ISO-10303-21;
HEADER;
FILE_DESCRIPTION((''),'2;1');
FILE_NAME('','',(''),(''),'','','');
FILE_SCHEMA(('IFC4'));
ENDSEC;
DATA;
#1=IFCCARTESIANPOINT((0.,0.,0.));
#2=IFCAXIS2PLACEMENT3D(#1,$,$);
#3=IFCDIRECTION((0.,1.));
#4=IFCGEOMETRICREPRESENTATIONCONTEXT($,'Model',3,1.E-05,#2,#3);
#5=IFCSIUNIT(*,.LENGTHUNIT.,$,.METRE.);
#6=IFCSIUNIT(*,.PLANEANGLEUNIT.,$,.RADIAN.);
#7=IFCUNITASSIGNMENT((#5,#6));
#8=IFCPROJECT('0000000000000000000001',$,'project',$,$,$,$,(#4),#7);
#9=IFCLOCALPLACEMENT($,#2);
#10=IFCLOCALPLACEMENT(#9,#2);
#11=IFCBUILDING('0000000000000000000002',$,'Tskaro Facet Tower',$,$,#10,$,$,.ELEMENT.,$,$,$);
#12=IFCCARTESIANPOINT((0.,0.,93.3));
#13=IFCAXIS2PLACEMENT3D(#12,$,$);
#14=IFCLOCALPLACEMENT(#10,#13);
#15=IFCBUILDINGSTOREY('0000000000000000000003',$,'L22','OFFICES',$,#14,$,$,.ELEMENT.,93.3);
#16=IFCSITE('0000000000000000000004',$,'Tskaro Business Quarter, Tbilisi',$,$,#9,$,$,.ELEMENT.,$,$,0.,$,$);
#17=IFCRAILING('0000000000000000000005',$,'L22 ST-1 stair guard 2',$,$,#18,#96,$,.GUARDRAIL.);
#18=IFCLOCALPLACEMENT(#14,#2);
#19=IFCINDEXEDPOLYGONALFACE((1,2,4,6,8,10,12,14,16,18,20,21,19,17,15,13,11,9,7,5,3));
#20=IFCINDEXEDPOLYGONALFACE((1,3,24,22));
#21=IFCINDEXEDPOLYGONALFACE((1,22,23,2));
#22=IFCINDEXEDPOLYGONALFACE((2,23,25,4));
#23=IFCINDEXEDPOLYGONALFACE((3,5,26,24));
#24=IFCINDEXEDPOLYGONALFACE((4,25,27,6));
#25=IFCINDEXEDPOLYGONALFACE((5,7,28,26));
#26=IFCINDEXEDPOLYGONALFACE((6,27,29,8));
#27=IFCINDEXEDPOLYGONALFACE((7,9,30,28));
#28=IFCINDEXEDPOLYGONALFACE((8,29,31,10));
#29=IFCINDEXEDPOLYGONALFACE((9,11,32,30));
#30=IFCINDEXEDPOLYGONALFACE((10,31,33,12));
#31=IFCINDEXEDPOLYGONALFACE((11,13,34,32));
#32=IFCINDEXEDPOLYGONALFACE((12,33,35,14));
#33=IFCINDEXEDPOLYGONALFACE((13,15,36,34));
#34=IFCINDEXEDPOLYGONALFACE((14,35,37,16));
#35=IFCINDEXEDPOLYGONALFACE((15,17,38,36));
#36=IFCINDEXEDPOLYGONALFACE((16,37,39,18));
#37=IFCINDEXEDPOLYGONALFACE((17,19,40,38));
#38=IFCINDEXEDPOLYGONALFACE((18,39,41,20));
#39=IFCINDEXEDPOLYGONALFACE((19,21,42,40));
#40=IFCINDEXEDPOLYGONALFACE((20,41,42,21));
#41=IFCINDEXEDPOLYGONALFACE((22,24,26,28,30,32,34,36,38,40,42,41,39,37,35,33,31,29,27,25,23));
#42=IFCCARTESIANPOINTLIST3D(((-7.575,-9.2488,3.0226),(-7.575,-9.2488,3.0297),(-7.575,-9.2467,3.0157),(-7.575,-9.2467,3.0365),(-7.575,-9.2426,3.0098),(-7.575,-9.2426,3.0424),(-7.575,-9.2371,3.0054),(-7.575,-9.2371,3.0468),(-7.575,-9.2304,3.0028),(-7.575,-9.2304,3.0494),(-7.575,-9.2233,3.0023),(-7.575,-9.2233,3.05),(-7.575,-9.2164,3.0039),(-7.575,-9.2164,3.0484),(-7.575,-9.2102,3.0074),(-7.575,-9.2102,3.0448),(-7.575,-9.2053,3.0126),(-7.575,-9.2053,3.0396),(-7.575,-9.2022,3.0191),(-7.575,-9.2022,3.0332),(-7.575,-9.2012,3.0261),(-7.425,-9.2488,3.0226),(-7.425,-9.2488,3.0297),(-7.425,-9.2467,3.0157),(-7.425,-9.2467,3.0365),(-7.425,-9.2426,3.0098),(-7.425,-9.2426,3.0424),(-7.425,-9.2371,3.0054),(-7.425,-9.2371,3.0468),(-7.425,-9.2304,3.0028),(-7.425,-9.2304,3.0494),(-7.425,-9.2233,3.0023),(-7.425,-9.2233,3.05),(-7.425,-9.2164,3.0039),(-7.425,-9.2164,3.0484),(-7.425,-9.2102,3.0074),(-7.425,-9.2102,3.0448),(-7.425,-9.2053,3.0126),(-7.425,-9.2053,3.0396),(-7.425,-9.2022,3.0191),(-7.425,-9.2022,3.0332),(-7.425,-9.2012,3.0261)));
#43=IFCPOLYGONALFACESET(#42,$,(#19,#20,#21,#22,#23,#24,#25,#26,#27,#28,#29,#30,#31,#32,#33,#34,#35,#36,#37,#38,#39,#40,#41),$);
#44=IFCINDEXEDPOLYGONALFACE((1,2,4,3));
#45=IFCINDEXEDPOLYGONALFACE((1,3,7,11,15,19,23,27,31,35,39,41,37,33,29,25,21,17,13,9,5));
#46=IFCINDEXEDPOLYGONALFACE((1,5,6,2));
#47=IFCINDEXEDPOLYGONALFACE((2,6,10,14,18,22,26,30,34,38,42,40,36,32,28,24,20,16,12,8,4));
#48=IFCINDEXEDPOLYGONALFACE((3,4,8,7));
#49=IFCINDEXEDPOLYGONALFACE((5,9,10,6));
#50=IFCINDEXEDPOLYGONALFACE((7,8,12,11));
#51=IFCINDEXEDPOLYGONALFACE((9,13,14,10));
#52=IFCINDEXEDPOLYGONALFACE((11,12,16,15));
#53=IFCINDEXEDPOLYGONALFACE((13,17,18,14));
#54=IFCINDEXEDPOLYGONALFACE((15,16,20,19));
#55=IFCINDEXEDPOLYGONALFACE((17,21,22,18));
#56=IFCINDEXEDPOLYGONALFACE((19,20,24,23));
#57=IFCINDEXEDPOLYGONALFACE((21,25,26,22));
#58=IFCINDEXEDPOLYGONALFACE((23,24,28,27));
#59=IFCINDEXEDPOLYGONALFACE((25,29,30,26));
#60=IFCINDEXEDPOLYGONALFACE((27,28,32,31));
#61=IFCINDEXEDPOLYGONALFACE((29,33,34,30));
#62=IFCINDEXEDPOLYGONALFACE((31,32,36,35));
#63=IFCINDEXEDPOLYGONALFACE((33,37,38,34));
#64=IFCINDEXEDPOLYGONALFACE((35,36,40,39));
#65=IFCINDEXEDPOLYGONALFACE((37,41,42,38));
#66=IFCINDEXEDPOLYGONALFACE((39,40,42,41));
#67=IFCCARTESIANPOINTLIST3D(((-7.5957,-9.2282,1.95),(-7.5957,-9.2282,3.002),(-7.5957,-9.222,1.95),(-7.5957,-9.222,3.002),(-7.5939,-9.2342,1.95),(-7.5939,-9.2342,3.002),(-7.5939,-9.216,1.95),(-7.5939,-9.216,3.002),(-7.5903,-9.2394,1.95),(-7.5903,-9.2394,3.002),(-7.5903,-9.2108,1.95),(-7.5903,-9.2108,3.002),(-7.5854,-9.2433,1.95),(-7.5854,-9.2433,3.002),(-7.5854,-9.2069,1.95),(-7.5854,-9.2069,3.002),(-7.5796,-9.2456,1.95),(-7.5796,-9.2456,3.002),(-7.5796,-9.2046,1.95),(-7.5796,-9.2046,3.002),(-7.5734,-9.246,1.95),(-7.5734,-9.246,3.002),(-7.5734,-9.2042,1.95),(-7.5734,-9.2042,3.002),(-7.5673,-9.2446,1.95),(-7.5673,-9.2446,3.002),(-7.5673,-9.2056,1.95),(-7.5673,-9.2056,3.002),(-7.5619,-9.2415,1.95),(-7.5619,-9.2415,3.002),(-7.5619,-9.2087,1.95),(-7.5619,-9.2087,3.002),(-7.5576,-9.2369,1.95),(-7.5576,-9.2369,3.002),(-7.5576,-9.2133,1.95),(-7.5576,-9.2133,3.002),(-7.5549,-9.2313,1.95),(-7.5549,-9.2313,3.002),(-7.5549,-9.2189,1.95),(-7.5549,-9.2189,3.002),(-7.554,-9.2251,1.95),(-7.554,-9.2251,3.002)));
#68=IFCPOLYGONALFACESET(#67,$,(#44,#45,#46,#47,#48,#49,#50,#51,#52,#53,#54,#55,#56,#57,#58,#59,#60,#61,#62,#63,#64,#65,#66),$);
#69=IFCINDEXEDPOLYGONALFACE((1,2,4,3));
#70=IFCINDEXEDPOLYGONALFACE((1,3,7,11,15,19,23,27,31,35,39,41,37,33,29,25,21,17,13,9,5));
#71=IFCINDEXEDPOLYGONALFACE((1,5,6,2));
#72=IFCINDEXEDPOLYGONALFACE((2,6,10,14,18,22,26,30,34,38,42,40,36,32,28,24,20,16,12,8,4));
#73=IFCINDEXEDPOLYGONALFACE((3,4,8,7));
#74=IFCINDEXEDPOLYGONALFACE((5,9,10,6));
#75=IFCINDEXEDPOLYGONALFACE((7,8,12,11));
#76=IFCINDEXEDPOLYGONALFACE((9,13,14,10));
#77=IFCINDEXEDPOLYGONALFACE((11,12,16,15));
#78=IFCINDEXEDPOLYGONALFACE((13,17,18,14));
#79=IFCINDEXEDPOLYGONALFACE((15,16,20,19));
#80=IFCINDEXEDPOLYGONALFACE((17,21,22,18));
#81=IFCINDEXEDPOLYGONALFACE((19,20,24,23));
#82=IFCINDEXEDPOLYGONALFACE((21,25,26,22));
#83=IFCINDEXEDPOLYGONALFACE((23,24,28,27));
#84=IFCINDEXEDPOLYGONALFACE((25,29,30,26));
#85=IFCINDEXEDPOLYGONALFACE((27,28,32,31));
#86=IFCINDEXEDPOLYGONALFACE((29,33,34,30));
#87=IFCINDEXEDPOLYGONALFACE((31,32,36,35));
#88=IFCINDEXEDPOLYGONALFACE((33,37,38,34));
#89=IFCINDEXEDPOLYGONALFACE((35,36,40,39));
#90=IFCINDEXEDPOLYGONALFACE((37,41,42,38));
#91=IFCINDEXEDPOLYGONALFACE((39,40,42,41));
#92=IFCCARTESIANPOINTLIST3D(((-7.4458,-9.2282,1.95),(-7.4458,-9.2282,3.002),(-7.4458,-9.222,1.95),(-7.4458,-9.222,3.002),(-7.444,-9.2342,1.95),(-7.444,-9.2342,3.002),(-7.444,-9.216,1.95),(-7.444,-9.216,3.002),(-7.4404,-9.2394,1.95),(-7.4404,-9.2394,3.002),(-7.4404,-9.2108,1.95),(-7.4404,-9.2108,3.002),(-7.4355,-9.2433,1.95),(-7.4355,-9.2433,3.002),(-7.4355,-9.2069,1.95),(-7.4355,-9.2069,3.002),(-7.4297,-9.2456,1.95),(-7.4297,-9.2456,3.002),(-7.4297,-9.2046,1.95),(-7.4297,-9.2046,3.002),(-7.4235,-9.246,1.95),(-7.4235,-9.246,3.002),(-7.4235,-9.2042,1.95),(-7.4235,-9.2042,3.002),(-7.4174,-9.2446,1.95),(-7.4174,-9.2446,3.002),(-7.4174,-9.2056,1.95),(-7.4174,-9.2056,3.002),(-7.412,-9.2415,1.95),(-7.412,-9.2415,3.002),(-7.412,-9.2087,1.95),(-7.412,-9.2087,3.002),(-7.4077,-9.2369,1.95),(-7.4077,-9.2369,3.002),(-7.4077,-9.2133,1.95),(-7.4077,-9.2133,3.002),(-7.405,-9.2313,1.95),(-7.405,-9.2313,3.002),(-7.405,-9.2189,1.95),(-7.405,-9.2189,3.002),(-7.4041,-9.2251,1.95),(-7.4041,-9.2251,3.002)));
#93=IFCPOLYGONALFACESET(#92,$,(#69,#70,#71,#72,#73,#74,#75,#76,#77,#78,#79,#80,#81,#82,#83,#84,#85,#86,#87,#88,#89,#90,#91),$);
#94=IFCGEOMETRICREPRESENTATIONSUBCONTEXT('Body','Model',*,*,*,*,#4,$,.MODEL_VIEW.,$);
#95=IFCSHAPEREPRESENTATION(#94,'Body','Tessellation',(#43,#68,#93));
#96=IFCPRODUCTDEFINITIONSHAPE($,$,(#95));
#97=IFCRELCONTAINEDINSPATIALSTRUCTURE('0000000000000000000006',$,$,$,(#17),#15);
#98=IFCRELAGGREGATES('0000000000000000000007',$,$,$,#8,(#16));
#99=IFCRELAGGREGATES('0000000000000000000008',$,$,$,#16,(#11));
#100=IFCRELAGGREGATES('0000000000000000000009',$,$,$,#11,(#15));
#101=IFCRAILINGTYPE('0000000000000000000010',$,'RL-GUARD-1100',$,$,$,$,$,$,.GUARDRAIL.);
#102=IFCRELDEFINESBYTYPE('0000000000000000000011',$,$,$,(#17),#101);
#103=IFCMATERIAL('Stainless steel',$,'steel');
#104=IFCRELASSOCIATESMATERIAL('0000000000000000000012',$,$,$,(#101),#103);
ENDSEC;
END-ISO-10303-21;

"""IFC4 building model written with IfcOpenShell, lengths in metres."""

from ifc_helpers import new_model, si_unit, direction, frame, origin, origin_2d, place, context, subcontext, project, spatial, circle, extrude, material, type_object, element, save


model = new_model("IFC4")

# Units and contexts
model_context = context("Model", 3, precision=1e-05, world=origin(), true_north=direction((0.0, 1.0)))
body_context = subcontext(model_context, "Body", "Model", "MODEL_VIEW")
ifc_project = project(units=[si_unit("LENGTHUNIT", "METRE"), si_unit("PLANEANGLEUNIT", "RADIAN")], contexts=[model_context])

# Site, building, storey
site_placement = place(None, origin())
site = spatial("IfcSite", under=ifc_project, at=site_placement, Name="Tskaro Business Quarter, Tbilisi", CompositionType="ELEMENT", RefElevation=0.0)
building_placement = place(site_placement, origin())
building = spatial("IfcBuilding", under=site, at=building_placement, Name="Tskaro Facet Tower", CompositionType="ELEMENT")
storey_placement = place(building_placement, frame((0.0, 0.0, 93.3)))
storey = spatial("IfcBuildingStorey", under=building, at=storey_placement, Name="L22", Description="OFFICES", CompositionType="ELEMENT", Elevation=93.3)

# Shared definitions
ifc_material_1 = material(Name="Stainless steel", Category="steel")

# Railing
railing_type_1 = type_object("IfcRailingType", Name="RL-GUARD-1100", PredefinedType="GUARDRAIL", material=ifc_material_1)
railing_1_placement = place(storey_placement, frame((-7.575, -9.2251, 1.95)))
element("IfcRailing", 1, at=railing_1_placement, inside=storey, type_object=railing_type_1, Name="L22 ST-1 stair guard 2", PredefinedType="GUARDRAIL", context=body_context, shape_type="SweptSolid", body=[
    extrude(circle(Radius=0.0239, at=origin_2d()), frame((0.0, 0.0, 1.0762), z_axis=(1.0, 0.0, 0.0), x_axis=(0.0, 1.0, 0.0)), (0.0, 0.0, 1.0), 0.1499),
    extrude(circle(Radius=0.021, at=origin_2d()), origin(), (0.0, 0.0, 1.0), 1.052),
    extrude(circle(Radius=0.021, at=origin_2d()), frame((0.1499, 0.0, 0.0)), (0.0, 0.0, 1.0), 1.052),
])

save(model, "model.ifc")
